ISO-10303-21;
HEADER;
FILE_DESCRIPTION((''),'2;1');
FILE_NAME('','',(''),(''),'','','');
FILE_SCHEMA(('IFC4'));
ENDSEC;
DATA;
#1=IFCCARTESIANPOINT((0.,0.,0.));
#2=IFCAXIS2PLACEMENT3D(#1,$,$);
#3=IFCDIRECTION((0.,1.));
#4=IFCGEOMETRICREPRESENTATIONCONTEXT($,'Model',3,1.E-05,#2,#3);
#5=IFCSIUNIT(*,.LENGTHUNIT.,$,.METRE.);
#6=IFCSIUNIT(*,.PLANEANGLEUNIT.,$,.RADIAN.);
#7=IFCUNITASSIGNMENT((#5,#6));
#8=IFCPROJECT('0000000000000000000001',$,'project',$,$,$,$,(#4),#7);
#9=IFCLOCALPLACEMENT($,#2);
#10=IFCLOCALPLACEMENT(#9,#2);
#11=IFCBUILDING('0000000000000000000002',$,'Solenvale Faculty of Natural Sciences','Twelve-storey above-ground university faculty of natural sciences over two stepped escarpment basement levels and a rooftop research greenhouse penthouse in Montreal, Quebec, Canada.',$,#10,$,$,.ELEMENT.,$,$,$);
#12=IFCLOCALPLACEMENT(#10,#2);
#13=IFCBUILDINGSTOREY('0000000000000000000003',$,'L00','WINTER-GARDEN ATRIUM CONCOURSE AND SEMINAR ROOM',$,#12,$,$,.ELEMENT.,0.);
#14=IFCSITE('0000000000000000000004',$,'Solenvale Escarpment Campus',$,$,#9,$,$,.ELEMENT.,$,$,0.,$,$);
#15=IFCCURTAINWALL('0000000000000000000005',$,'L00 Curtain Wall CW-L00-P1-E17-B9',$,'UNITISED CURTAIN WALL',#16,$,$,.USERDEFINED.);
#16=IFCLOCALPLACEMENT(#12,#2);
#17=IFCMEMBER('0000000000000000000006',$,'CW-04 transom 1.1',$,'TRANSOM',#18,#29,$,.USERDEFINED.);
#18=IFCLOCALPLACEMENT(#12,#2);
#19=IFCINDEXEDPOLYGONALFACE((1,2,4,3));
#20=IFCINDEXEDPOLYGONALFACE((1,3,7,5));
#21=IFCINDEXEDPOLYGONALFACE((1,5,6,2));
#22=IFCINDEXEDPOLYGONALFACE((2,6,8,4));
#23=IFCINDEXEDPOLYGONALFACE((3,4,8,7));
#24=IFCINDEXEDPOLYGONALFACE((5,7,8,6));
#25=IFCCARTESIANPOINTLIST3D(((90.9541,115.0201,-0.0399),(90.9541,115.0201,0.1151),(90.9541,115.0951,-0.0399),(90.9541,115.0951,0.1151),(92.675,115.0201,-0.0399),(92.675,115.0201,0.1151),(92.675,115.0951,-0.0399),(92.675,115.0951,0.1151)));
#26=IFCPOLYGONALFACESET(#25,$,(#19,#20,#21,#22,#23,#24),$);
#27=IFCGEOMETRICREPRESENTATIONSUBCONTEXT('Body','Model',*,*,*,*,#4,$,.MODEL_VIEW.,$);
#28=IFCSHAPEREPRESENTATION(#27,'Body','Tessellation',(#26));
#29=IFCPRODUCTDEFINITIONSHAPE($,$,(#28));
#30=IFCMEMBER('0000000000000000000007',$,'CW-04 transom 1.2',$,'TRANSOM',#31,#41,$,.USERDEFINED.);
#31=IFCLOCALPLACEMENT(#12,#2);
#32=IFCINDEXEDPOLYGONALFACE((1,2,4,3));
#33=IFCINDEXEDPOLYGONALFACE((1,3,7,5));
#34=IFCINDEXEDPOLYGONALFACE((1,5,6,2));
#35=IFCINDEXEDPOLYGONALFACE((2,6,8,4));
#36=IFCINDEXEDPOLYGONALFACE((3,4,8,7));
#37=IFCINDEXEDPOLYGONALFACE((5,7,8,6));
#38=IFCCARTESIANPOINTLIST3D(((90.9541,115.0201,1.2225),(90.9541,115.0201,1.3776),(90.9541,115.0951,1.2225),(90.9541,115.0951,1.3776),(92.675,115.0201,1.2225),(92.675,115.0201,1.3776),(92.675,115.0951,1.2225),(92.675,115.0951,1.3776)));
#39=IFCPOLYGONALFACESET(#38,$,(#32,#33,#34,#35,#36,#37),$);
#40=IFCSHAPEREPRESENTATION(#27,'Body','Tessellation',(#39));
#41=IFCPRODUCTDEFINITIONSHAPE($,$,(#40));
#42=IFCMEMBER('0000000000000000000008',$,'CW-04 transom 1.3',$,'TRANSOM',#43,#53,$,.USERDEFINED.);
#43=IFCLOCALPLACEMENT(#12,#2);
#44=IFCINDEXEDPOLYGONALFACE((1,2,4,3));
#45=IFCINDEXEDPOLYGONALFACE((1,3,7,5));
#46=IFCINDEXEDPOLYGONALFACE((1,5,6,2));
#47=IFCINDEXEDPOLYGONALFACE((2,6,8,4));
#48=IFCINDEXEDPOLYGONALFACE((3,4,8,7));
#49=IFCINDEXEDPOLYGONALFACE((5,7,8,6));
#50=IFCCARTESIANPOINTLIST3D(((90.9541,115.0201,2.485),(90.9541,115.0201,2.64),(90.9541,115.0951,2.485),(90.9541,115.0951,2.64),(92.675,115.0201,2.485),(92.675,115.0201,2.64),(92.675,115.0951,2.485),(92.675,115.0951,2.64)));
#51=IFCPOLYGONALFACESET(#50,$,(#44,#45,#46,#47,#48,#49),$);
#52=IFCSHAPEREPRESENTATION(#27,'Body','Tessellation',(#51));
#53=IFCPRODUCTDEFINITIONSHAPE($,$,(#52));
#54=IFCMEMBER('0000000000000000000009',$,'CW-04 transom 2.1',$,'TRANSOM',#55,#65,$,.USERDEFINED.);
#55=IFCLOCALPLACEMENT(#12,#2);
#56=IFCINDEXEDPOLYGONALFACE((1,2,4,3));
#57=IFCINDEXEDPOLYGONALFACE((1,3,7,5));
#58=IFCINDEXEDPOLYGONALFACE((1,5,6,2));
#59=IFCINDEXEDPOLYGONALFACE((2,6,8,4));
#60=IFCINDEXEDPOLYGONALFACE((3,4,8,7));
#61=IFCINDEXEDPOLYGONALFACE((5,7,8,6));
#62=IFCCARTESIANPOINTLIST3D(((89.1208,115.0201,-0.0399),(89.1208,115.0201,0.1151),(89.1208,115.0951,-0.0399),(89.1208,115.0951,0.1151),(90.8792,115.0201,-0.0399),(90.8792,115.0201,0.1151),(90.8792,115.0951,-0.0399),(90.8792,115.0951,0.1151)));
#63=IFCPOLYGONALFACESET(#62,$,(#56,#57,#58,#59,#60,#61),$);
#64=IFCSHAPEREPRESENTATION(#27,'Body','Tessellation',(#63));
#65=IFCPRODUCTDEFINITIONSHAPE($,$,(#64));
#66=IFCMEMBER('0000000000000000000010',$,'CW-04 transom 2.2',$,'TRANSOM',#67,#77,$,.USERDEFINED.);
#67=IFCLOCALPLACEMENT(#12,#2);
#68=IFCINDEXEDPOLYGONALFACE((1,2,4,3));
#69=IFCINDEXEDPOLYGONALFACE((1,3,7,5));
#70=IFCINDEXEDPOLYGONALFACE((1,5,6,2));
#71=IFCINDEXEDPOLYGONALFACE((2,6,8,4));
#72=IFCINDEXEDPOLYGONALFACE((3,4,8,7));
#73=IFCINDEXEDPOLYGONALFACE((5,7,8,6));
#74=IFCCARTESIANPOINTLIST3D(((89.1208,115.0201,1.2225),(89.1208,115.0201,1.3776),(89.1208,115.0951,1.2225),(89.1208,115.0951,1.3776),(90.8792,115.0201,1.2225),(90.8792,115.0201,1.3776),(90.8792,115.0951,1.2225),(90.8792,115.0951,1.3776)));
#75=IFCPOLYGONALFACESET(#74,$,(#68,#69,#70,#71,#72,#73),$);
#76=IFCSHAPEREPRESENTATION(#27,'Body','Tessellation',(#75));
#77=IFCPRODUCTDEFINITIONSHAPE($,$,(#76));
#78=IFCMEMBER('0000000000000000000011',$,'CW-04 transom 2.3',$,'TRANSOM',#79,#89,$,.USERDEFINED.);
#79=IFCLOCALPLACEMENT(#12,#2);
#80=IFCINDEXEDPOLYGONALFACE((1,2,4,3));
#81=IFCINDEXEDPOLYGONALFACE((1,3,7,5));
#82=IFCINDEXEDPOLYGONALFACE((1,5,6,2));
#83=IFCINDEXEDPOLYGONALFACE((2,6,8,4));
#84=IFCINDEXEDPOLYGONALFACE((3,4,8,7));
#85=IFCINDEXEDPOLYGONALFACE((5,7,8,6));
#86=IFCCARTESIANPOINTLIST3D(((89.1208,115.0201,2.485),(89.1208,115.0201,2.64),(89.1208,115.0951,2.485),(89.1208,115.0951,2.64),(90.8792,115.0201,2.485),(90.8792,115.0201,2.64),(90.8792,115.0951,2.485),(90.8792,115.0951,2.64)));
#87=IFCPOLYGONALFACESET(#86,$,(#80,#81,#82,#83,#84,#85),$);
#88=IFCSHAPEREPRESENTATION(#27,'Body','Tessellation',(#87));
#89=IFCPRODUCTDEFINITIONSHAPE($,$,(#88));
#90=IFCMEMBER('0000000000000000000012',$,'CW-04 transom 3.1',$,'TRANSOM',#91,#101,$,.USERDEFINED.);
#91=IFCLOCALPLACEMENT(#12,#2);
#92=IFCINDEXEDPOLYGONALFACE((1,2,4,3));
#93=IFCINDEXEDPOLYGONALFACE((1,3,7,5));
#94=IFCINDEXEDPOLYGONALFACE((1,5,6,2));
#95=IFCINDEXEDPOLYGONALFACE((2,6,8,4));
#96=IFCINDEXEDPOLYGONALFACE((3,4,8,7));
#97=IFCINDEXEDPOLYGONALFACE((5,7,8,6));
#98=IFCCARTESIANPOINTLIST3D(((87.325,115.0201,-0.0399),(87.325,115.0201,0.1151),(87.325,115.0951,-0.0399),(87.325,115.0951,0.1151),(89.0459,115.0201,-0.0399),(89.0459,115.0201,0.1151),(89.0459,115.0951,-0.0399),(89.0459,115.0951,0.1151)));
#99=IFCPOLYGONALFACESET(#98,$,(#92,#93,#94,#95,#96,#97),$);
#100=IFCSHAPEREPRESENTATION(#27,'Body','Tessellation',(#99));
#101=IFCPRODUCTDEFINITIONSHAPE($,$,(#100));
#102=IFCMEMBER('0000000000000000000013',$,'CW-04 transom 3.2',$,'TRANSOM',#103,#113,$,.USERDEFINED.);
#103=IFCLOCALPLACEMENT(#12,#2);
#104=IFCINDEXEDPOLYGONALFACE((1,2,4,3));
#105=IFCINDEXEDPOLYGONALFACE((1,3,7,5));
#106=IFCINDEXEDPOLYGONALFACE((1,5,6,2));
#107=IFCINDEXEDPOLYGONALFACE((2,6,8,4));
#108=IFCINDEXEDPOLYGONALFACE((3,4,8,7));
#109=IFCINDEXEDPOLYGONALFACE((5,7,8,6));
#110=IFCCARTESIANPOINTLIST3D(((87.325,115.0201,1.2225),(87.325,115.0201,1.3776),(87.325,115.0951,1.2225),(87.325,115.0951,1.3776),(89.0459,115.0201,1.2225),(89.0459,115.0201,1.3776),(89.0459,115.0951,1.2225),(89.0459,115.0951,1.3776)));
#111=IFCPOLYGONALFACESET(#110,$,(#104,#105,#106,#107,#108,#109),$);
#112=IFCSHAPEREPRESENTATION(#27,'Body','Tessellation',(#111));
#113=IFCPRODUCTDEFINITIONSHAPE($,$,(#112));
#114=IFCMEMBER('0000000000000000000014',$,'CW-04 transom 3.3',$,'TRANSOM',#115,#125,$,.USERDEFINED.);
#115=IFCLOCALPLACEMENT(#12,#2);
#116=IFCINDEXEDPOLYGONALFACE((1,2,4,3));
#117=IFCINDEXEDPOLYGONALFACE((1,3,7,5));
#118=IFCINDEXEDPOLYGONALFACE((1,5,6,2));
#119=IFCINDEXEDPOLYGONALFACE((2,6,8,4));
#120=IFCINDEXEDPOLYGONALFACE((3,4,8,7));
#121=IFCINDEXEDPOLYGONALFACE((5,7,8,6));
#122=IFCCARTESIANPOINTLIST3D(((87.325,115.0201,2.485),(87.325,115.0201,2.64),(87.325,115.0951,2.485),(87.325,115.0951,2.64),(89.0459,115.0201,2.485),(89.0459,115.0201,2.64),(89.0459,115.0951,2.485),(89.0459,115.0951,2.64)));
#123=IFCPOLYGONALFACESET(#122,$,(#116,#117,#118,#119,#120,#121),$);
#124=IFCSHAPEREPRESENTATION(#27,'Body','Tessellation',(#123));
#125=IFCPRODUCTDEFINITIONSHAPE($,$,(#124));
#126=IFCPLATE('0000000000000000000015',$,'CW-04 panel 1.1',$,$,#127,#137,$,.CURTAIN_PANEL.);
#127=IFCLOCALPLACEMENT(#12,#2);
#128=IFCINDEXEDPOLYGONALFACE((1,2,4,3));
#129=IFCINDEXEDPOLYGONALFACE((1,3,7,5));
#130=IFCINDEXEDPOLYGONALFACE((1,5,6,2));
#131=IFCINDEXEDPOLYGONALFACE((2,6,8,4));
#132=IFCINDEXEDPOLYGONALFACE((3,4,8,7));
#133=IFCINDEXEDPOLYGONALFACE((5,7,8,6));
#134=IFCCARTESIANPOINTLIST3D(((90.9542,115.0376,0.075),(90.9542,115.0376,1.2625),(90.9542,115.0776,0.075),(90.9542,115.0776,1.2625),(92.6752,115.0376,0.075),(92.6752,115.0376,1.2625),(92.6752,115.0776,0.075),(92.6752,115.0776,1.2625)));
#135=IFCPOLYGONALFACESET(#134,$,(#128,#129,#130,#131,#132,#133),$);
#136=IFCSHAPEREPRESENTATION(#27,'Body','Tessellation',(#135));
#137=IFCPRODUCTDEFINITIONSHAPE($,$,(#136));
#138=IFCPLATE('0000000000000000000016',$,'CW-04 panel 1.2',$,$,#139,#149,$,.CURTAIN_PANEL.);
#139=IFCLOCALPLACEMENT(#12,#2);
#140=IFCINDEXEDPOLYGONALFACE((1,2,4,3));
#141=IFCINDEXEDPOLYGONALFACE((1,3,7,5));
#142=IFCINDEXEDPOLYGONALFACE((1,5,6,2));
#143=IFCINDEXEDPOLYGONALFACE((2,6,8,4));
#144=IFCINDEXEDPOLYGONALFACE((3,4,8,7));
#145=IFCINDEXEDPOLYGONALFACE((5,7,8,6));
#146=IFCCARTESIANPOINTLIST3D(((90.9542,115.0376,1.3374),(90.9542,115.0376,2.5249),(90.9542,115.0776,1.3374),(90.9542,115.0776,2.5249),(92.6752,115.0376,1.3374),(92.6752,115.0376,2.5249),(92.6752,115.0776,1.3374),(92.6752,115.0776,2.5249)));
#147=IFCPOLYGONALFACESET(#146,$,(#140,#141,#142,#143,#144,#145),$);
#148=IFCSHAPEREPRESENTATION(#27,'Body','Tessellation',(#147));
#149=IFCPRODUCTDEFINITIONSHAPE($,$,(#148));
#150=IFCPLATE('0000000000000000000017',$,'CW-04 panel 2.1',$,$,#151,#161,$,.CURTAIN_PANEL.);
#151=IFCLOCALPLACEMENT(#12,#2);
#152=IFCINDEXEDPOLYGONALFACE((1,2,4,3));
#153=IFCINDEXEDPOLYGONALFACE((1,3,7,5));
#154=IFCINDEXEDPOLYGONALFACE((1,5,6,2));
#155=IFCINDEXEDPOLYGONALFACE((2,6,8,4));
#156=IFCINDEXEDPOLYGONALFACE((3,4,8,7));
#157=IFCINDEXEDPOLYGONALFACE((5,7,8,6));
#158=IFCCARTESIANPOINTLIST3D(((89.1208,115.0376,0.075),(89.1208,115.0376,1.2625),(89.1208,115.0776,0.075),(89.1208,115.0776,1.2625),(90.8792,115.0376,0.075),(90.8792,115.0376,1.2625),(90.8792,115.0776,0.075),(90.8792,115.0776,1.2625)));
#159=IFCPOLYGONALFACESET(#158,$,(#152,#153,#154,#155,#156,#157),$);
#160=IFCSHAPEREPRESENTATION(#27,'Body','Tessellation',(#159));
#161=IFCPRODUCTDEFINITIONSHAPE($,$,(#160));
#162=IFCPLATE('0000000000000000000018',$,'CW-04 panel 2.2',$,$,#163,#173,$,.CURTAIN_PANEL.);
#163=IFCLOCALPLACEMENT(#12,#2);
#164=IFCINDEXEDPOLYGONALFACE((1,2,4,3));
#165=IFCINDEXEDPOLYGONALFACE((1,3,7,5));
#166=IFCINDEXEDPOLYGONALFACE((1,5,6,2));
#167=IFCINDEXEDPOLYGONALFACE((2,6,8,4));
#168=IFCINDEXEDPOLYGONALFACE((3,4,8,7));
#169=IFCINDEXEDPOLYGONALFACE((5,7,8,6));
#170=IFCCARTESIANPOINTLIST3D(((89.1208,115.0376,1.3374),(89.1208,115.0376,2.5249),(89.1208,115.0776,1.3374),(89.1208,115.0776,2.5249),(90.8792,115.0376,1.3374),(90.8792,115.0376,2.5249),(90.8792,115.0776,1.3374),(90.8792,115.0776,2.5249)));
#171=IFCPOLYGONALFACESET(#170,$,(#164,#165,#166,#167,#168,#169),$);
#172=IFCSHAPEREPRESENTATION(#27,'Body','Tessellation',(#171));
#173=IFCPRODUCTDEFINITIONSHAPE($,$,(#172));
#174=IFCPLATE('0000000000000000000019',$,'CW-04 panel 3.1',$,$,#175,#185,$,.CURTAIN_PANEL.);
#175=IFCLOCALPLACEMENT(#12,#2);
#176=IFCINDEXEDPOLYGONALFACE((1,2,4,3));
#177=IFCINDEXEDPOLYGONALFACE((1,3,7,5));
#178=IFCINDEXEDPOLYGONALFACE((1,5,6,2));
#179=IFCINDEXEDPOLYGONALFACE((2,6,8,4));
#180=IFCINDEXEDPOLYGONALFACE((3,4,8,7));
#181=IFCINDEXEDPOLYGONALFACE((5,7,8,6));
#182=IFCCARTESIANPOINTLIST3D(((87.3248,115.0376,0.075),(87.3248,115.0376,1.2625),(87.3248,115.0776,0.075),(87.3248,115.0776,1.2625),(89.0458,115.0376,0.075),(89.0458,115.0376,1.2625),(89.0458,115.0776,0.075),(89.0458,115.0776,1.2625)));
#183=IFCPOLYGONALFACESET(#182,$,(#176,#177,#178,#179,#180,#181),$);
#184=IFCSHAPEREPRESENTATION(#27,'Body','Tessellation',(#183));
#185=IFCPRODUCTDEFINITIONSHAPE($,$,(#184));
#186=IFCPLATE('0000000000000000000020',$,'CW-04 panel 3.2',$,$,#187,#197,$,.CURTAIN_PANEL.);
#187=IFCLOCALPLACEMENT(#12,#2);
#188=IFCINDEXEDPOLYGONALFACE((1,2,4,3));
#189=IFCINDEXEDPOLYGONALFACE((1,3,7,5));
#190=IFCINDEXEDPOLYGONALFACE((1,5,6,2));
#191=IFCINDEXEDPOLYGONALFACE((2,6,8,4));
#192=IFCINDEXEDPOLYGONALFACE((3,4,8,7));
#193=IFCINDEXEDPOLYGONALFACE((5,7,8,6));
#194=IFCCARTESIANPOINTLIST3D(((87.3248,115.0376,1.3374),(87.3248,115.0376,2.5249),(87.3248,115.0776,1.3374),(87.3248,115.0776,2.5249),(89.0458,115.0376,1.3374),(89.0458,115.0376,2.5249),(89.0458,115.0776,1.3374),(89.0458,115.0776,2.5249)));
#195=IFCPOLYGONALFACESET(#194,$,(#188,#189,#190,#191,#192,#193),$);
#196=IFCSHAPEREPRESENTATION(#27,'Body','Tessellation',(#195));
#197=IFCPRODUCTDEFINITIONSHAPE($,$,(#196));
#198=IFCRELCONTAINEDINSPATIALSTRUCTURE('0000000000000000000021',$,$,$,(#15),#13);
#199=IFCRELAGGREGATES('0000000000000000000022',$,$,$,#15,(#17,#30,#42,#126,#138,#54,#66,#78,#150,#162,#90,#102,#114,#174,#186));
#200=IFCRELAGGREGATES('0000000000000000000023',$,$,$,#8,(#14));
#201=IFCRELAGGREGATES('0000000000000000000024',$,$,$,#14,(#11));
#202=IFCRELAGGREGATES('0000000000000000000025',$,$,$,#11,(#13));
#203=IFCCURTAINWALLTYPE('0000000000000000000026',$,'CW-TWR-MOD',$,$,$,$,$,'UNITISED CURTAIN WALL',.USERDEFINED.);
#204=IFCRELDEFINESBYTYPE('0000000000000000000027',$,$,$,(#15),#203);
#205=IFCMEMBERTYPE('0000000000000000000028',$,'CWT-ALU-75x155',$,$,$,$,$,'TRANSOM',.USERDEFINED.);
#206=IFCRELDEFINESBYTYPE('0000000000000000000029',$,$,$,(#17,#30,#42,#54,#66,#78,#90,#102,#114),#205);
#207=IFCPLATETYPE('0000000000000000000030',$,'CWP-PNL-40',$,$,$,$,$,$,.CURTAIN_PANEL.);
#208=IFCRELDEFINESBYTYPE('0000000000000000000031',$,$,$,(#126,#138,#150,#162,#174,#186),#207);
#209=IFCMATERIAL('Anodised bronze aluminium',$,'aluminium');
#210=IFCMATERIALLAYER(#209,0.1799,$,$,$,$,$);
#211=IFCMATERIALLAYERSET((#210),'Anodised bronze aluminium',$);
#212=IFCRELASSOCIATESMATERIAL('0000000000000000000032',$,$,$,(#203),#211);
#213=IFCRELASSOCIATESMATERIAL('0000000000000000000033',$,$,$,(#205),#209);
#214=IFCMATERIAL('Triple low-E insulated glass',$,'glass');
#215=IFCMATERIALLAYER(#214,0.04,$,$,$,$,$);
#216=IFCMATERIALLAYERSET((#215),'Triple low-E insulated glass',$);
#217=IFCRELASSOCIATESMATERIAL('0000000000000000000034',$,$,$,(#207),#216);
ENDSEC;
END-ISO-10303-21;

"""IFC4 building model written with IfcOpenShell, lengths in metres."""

from ifc_helpers import new_model, si_unit, direction, frame, origin, origin_2d, place, context, subcontext, project, spatial, rectangle, extrude, material, layer, layer_set, material_profile, profile_set, type_object, element, aggregate, save


model = new_model("IFC4")

# Units and contexts
model_context = context("Model", 3, precision=1e-05, world=origin(), true_north=direction((0.0, 1.0)))
body_context = subcontext(model_context, "Body", "Model", "MODEL_VIEW")
ifc_project = project(units=[si_unit("LENGTHUNIT", "METRE"), si_unit("PLANEANGLEUNIT", "RADIAN")], contexts=[model_context])

# Site, building, storey
site_placement = place(None, origin())
site = spatial("IfcSite", under=ifc_project, at=site_placement, Name="Solenvale Escarpment Campus", CompositionType="ELEMENT", RefElevation=0.0)
building_placement = place(site_placement, origin())
building = spatial("IfcBuilding", under=site, at=building_placement, Name="Solenvale Faculty of Natural Sciences", Description="Twelve-storey above-ground university faculty of natural sciences over two stepped escarpment basement levels and a rooftop research greenhouse penthouse in Montreal, Quebec, Canada.", CompositionType="ELEMENT")
storey_placement = place(building_placement, origin())
storey = spatial("IfcBuildingStorey", under=building, at=storey_placement, Name="L00", Description="WINTER-GARDEN ATRIUM CONCOURSE AND SEMINAR ROOM", CompositionType="ELEMENT", Elevation=0.0)

# Curtain wall, members, plates
ifc_material_1 = material(Name="Anodised bronze aluminium", Category="aluminium")
ifc_layer_1 = layer(ifc_material_1, 0.1799)
ifc_layer_set_1 = layer_set([ifc_layer_1], Name="Anodised bronze aluminium")
curtain_wall_type = type_object("IfcCurtainWallType", Name="CW-TWR-MOD", ElementType="UNITISED CURTAIN WALL", PredefinedType="USERDEFINED", material=ifc_layer_set_1)
curtain_wall_placement = place(storey_placement, origin())
curtain_wall = element("IfcCurtainWall", 1, at=curtain_wall_placement, inside=storey, type_object=curtain_wall_type, Name="L00 Curtain Wall CW-L00-P1-E17-B9", ObjectType="UNITISED CURTAIN WALL", PredefinedType="USERDEFINED")
ifc_material_profile_1 = material_profile(ifc_material_1, rectangle(XDim=0.075, YDim=0.155, at=origin_2d()), Name="ALU-TRN-75x155")
ifc_profile_set_1 = profile_set([ifc_material_profile_1], Name="Anodised bronze aluminium")
member_type_1 = type_object("IfcMemberType", Name="CWT-ALU-75x155", ElementType="TRANSOM", PredefinedType="USERDEFINED", material=ifc_profile_set_1)
member_1_placement = place(storey_placement, frame((92.675, 115.0576, 0.0376), z_axis=(-1.0, 0.0, 0.0), x_axis=(0.0, -1.0, 0.0)))
member_1 = element("IfcMember", 2, at=member_1_placement, type_object=member_type_1, Name="CW-04 transom 1.1", ObjectType="TRANSOM", PredefinedType="USERDEFINED", context=body_context, shape_type="SweptSolid", body=[
    extrude(rectangle(XDim=0.075, YDim=0.155, at=origin_2d()), origin(), (0.0, 0.0, 1.0), 1.7209),
])
member_2_placement = place(storey_placement, frame((92.675, 115.0576, 1.3), z_axis=(-1.0, 0.0, 0.0), x_axis=(0.0, -1.0, 0.0)))
member_2 = element("IfcMember", 3, at=member_2_placement, type_object=member_type_1, Name="CW-04 transom 1.2", ObjectType="TRANSOM", PredefinedType="USERDEFINED", context=body_context, shape_type="SweptSolid", body=[
    extrude(rectangle(XDim=0.075, YDim=0.155, at=origin_2d()), origin(), (0.0, 0.0, 1.0), 1.7209),
])
member_3_placement = place(storey_placement, frame((92.675, 115.0576, 2.5625), z_axis=(-1.0, 0.0, 0.0), x_axis=(0.0, -1.0, 0.0)))
member_3 = element("IfcMember", 4, at=member_3_placement, type_object=member_type_1, Name="CW-04 transom 1.3", ObjectType="TRANSOM", PredefinedType="USERDEFINED", context=body_context, shape_type="SweptSolid", body=[
    extrude(rectangle(XDim=0.075, YDim=0.155, at=origin_2d()), origin(), (0.0, 0.0, 1.0), 1.7209),
])
member_4_placement = place(storey_placement, frame((90.8792, 115.0576, 0.0376), z_axis=(-1.0, 0.0, 0.0), x_axis=(0.0, -1.0, 0.0)))
member_4 = element("IfcMember", 5, at=member_4_placement, type_object=member_type_1, Name="CW-04 transom 2.1", ObjectType="TRANSOM", PredefinedType="USERDEFINED", context=body_context, shape_type="SweptSolid", body=[
    extrude(rectangle(XDim=0.075, YDim=0.155, at=origin_2d()), origin(), (0.0, 0.0, 1.0), 1.7583),
])
member_5_placement = place(storey_placement, frame((90.8792, 115.0576, 1.3), z_axis=(-1.0, 0.0, 0.0), x_axis=(0.0, -1.0, 0.0)))
member_5 = element("IfcMember", 6, at=member_5_placement, type_object=member_type_1, Name="CW-04 transom 2.2", ObjectType="TRANSOM", PredefinedType="USERDEFINED", context=body_context, shape_type="SweptSolid", body=[
    extrude(rectangle(XDim=0.075, YDim=0.155, at=origin_2d()), origin(), (0.0, 0.0, 1.0), 1.7583),
])
member_6_placement = place(storey_placement, frame((90.8792, 115.0576, 2.5625), z_axis=(-1.0, 0.0, 0.0), x_axis=(0.0, -1.0, 0.0)))
member_6 = element("IfcMember", 7, at=member_6_placement, type_object=member_type_1, Name="CW-04 transom 2.3", ObjectType="TRANSOM", PredefinedType="USERDEFINED", context=body_context, shape_type="SweptSolid", body=[
    extrude(rectangle(XDim=0.075, YDim=0.155, at=origin_2d()), origin(), (0.0, 0.0, 1.0), 1.7583),
])
member_7_placement = place(storey_placement, frame((89.0459, 115.0576, 0.0376), z_axis=(-1.0, 0.0, 0.0), x_axis=(0.0, -1.0, 0.0)))
member_7 = element("IfcMember", 8, at=member_7_placement, type_object=member_type_1, Name="CW-04 transom 3.1", ObjectType="TRANSOM", PredefinedType="USERDEFINED", context=body_context, shape_type="SweptSolid", body=[
    extrude(rectangle(XDim=0.075, YDim=0.155, at=origin_2d()), origin(), (0.0, 0.0, 1.0), 1.7209),
])
member_8_placement = place(storey_placement, frame((89.0459, 115.0576, 1.3), z_axis=(-1.0, 0.0, 0.0), x_axis=(0.0, -1.0, 0.0)))
member_8 = element("IfcMember", 9, at=member_8_placement, type_object=member_type_1, Name="CW-04 transom 3.2", ObjectType="TRANSOM", PredefinedType="USERDEFINED", context=body_context, shape_type="SweptSolid", body=[
    extrude(rectangle(XDim=0.075, YDim=0.155, at=origin_2d()), origin(), (0.0, 0.0, 1.0), 1.7209),
])
member_9_placement = place(storey_placement, frame((89.0459, 115.0576, 2.5625), z_axis=(-1.0, 0.0, 0.0), x_axis=(0.0, -1.0, 0.0)))
member_9 = element("IfcMember", 10, at=member_9_placement, type_object=member_type_1, Name="CW-04 transom 3.3", ObjectType="TRANSOM", PredefinedType="USERDEFINED", context=body_context, shape_type="SweptSolid", body=[
    extrude(rectangle(XDim=0.075, YDim=0.155, at=origin_2d()), origin(), (0.0, 0.0, 1.0), 1.7209),
])
ifc_material_2 = material(Name="Triple low-E insulated glass", Category="glass")
ifc_layer_2 = layer(ifc_material_2, 0.04)
ifc_layer_set_2 = layer_set([ifc_layer_2], Name="Triple low-E insulated glass")
plate_type = type_object("IfcPlateType", Name="CWP-PNL-40", PredefinedType="CURTAIN_PANEL", material=ifc_layer_set_2)
plate_1_placement = place(storey_placement, frame((91.8147, 115.0576, 0.075), z_axis=(0.0, 0.0, 1.0), x_axis=(-1.0, 0.0, 0.0)))
plate_1 = element("IfcPlate", 11, at=plate_1_placement, type_object=plate_type, Name="CW-04 panel 1.1", PredefinedType="CURTAIN_PANEL", context=body_context, shape_type="SweptSolid", body=[
    extrude(rectangle(XDim=1.7209, YDim=0.04, at=origin_2d()), origin(), (0.0, 0.0, 1.0), 1.1875),
])
plate_2_placement = place(storey_placement, frame((91.8147, 115.0576, 1.3374), z_axis=(0.0, 0.0, 1.0), x_axis=(-1.0, 0.0, 0.0)))
plate_2 = element("IfcPlate", 12, at=plate_2_placement, type_object=plate_type, Name="CW-04 panel 1.2", PredefinedType="CURTAIN_PANEL", context=body_context, shape_type="SweptSolid", body=[
    extrude(rectangle(XDim=1.7209, YDim=0.04, at=origin_2d()), origin(), (0.0, 0.0, 1.0), 1.1875),
])
plate_3_placement = place(storey_placement, frame((90.0, 115.0576, 0.075), z_axis=(0.0, 0.0, 1.0), x_axis=(-1.0, 0.0, 0.0)))
plate_3 = element("IfcPlate", 13, at=plate_3_placement, type_object=plate_type, Name="CW-04 panel 2.1", PredefinedType="CURTAIN_PANEL", context=body_context, shape_type="SweptSolid", body=[
    extrude(rectangle(XDim=1.7583, YDim=0.04, at=origin_2d()), origin(), (0.0, 0.0, 1.0), 1.1875),
])
plate_4_placement = place(storey_placement, frame((90.0, 115.0576, 1.3374), z_axis=(0.0, 0.0, 1.0), x_axis=(-1.0, 0.0, 0.0)))
plate_4 = element("IfcPlate", 14, at=plate_4_placement, type_object=plate_type, Name="CW-04 panel 2.2", PredefinedType="CURTAIN_PANEL", context=body_context, shape_type="SweptSolid", body=[
    extrude(rectangle(XDim=1.7583, YDim=0.04, at=origin_2d()), origin(), (0.0, 0.0, 1.0), 1.1875),
])
plate_5_placement = place(storey_placement, frame((88.1853, 115.0576, 0.075), z_axis=(0.0, 0.0, 1.0), x_axis=(-1.0, 0.0, 0.0)))
plate_5 = element("IfcPlate", 15, at=plate_5_placement, type_object=plate_type, Name="CW-04 panel 3.1", PredefinedType="CURTAIN_PANEL", context=body_context, shape_type="SweptSolid", body=[
    extrude(rectangle(XDim=1.7209, YDim=0.04, at=origin_2d()), origin(), (0.0, 0.0, 1.0), 1.1875),
])
plate_6_placement = place(storey_placement, frame((88.1853, 115.0576, 1.3374), z_axis=(0.0, 0.0, 1.0), x_axis=(-1.0, 0.0, 0.0)))
plate_6 = element("IfcPlate", 16, at=plate_6_placement, type_object=plate_type, Name="CW-04 panel 3.2", PredefinedType="CURTAIN_PANEL", context=body_context, shape_type="SweptSolid", body=[
    extrude(rectangle(XDim=1.7209, YDim=0.04, at=origin_2d()), origin(), (0.0, 0.0, 1.0), 1.1875),
])
aggregate(curtain_wall, [member_1, member_2, member_3, plate_1, plate_2, member_4, member_5, member_6, plate_3, plate_4, member_7, member_8, member_9, plate_5, plate_6])

save(model, "model.ifc")
